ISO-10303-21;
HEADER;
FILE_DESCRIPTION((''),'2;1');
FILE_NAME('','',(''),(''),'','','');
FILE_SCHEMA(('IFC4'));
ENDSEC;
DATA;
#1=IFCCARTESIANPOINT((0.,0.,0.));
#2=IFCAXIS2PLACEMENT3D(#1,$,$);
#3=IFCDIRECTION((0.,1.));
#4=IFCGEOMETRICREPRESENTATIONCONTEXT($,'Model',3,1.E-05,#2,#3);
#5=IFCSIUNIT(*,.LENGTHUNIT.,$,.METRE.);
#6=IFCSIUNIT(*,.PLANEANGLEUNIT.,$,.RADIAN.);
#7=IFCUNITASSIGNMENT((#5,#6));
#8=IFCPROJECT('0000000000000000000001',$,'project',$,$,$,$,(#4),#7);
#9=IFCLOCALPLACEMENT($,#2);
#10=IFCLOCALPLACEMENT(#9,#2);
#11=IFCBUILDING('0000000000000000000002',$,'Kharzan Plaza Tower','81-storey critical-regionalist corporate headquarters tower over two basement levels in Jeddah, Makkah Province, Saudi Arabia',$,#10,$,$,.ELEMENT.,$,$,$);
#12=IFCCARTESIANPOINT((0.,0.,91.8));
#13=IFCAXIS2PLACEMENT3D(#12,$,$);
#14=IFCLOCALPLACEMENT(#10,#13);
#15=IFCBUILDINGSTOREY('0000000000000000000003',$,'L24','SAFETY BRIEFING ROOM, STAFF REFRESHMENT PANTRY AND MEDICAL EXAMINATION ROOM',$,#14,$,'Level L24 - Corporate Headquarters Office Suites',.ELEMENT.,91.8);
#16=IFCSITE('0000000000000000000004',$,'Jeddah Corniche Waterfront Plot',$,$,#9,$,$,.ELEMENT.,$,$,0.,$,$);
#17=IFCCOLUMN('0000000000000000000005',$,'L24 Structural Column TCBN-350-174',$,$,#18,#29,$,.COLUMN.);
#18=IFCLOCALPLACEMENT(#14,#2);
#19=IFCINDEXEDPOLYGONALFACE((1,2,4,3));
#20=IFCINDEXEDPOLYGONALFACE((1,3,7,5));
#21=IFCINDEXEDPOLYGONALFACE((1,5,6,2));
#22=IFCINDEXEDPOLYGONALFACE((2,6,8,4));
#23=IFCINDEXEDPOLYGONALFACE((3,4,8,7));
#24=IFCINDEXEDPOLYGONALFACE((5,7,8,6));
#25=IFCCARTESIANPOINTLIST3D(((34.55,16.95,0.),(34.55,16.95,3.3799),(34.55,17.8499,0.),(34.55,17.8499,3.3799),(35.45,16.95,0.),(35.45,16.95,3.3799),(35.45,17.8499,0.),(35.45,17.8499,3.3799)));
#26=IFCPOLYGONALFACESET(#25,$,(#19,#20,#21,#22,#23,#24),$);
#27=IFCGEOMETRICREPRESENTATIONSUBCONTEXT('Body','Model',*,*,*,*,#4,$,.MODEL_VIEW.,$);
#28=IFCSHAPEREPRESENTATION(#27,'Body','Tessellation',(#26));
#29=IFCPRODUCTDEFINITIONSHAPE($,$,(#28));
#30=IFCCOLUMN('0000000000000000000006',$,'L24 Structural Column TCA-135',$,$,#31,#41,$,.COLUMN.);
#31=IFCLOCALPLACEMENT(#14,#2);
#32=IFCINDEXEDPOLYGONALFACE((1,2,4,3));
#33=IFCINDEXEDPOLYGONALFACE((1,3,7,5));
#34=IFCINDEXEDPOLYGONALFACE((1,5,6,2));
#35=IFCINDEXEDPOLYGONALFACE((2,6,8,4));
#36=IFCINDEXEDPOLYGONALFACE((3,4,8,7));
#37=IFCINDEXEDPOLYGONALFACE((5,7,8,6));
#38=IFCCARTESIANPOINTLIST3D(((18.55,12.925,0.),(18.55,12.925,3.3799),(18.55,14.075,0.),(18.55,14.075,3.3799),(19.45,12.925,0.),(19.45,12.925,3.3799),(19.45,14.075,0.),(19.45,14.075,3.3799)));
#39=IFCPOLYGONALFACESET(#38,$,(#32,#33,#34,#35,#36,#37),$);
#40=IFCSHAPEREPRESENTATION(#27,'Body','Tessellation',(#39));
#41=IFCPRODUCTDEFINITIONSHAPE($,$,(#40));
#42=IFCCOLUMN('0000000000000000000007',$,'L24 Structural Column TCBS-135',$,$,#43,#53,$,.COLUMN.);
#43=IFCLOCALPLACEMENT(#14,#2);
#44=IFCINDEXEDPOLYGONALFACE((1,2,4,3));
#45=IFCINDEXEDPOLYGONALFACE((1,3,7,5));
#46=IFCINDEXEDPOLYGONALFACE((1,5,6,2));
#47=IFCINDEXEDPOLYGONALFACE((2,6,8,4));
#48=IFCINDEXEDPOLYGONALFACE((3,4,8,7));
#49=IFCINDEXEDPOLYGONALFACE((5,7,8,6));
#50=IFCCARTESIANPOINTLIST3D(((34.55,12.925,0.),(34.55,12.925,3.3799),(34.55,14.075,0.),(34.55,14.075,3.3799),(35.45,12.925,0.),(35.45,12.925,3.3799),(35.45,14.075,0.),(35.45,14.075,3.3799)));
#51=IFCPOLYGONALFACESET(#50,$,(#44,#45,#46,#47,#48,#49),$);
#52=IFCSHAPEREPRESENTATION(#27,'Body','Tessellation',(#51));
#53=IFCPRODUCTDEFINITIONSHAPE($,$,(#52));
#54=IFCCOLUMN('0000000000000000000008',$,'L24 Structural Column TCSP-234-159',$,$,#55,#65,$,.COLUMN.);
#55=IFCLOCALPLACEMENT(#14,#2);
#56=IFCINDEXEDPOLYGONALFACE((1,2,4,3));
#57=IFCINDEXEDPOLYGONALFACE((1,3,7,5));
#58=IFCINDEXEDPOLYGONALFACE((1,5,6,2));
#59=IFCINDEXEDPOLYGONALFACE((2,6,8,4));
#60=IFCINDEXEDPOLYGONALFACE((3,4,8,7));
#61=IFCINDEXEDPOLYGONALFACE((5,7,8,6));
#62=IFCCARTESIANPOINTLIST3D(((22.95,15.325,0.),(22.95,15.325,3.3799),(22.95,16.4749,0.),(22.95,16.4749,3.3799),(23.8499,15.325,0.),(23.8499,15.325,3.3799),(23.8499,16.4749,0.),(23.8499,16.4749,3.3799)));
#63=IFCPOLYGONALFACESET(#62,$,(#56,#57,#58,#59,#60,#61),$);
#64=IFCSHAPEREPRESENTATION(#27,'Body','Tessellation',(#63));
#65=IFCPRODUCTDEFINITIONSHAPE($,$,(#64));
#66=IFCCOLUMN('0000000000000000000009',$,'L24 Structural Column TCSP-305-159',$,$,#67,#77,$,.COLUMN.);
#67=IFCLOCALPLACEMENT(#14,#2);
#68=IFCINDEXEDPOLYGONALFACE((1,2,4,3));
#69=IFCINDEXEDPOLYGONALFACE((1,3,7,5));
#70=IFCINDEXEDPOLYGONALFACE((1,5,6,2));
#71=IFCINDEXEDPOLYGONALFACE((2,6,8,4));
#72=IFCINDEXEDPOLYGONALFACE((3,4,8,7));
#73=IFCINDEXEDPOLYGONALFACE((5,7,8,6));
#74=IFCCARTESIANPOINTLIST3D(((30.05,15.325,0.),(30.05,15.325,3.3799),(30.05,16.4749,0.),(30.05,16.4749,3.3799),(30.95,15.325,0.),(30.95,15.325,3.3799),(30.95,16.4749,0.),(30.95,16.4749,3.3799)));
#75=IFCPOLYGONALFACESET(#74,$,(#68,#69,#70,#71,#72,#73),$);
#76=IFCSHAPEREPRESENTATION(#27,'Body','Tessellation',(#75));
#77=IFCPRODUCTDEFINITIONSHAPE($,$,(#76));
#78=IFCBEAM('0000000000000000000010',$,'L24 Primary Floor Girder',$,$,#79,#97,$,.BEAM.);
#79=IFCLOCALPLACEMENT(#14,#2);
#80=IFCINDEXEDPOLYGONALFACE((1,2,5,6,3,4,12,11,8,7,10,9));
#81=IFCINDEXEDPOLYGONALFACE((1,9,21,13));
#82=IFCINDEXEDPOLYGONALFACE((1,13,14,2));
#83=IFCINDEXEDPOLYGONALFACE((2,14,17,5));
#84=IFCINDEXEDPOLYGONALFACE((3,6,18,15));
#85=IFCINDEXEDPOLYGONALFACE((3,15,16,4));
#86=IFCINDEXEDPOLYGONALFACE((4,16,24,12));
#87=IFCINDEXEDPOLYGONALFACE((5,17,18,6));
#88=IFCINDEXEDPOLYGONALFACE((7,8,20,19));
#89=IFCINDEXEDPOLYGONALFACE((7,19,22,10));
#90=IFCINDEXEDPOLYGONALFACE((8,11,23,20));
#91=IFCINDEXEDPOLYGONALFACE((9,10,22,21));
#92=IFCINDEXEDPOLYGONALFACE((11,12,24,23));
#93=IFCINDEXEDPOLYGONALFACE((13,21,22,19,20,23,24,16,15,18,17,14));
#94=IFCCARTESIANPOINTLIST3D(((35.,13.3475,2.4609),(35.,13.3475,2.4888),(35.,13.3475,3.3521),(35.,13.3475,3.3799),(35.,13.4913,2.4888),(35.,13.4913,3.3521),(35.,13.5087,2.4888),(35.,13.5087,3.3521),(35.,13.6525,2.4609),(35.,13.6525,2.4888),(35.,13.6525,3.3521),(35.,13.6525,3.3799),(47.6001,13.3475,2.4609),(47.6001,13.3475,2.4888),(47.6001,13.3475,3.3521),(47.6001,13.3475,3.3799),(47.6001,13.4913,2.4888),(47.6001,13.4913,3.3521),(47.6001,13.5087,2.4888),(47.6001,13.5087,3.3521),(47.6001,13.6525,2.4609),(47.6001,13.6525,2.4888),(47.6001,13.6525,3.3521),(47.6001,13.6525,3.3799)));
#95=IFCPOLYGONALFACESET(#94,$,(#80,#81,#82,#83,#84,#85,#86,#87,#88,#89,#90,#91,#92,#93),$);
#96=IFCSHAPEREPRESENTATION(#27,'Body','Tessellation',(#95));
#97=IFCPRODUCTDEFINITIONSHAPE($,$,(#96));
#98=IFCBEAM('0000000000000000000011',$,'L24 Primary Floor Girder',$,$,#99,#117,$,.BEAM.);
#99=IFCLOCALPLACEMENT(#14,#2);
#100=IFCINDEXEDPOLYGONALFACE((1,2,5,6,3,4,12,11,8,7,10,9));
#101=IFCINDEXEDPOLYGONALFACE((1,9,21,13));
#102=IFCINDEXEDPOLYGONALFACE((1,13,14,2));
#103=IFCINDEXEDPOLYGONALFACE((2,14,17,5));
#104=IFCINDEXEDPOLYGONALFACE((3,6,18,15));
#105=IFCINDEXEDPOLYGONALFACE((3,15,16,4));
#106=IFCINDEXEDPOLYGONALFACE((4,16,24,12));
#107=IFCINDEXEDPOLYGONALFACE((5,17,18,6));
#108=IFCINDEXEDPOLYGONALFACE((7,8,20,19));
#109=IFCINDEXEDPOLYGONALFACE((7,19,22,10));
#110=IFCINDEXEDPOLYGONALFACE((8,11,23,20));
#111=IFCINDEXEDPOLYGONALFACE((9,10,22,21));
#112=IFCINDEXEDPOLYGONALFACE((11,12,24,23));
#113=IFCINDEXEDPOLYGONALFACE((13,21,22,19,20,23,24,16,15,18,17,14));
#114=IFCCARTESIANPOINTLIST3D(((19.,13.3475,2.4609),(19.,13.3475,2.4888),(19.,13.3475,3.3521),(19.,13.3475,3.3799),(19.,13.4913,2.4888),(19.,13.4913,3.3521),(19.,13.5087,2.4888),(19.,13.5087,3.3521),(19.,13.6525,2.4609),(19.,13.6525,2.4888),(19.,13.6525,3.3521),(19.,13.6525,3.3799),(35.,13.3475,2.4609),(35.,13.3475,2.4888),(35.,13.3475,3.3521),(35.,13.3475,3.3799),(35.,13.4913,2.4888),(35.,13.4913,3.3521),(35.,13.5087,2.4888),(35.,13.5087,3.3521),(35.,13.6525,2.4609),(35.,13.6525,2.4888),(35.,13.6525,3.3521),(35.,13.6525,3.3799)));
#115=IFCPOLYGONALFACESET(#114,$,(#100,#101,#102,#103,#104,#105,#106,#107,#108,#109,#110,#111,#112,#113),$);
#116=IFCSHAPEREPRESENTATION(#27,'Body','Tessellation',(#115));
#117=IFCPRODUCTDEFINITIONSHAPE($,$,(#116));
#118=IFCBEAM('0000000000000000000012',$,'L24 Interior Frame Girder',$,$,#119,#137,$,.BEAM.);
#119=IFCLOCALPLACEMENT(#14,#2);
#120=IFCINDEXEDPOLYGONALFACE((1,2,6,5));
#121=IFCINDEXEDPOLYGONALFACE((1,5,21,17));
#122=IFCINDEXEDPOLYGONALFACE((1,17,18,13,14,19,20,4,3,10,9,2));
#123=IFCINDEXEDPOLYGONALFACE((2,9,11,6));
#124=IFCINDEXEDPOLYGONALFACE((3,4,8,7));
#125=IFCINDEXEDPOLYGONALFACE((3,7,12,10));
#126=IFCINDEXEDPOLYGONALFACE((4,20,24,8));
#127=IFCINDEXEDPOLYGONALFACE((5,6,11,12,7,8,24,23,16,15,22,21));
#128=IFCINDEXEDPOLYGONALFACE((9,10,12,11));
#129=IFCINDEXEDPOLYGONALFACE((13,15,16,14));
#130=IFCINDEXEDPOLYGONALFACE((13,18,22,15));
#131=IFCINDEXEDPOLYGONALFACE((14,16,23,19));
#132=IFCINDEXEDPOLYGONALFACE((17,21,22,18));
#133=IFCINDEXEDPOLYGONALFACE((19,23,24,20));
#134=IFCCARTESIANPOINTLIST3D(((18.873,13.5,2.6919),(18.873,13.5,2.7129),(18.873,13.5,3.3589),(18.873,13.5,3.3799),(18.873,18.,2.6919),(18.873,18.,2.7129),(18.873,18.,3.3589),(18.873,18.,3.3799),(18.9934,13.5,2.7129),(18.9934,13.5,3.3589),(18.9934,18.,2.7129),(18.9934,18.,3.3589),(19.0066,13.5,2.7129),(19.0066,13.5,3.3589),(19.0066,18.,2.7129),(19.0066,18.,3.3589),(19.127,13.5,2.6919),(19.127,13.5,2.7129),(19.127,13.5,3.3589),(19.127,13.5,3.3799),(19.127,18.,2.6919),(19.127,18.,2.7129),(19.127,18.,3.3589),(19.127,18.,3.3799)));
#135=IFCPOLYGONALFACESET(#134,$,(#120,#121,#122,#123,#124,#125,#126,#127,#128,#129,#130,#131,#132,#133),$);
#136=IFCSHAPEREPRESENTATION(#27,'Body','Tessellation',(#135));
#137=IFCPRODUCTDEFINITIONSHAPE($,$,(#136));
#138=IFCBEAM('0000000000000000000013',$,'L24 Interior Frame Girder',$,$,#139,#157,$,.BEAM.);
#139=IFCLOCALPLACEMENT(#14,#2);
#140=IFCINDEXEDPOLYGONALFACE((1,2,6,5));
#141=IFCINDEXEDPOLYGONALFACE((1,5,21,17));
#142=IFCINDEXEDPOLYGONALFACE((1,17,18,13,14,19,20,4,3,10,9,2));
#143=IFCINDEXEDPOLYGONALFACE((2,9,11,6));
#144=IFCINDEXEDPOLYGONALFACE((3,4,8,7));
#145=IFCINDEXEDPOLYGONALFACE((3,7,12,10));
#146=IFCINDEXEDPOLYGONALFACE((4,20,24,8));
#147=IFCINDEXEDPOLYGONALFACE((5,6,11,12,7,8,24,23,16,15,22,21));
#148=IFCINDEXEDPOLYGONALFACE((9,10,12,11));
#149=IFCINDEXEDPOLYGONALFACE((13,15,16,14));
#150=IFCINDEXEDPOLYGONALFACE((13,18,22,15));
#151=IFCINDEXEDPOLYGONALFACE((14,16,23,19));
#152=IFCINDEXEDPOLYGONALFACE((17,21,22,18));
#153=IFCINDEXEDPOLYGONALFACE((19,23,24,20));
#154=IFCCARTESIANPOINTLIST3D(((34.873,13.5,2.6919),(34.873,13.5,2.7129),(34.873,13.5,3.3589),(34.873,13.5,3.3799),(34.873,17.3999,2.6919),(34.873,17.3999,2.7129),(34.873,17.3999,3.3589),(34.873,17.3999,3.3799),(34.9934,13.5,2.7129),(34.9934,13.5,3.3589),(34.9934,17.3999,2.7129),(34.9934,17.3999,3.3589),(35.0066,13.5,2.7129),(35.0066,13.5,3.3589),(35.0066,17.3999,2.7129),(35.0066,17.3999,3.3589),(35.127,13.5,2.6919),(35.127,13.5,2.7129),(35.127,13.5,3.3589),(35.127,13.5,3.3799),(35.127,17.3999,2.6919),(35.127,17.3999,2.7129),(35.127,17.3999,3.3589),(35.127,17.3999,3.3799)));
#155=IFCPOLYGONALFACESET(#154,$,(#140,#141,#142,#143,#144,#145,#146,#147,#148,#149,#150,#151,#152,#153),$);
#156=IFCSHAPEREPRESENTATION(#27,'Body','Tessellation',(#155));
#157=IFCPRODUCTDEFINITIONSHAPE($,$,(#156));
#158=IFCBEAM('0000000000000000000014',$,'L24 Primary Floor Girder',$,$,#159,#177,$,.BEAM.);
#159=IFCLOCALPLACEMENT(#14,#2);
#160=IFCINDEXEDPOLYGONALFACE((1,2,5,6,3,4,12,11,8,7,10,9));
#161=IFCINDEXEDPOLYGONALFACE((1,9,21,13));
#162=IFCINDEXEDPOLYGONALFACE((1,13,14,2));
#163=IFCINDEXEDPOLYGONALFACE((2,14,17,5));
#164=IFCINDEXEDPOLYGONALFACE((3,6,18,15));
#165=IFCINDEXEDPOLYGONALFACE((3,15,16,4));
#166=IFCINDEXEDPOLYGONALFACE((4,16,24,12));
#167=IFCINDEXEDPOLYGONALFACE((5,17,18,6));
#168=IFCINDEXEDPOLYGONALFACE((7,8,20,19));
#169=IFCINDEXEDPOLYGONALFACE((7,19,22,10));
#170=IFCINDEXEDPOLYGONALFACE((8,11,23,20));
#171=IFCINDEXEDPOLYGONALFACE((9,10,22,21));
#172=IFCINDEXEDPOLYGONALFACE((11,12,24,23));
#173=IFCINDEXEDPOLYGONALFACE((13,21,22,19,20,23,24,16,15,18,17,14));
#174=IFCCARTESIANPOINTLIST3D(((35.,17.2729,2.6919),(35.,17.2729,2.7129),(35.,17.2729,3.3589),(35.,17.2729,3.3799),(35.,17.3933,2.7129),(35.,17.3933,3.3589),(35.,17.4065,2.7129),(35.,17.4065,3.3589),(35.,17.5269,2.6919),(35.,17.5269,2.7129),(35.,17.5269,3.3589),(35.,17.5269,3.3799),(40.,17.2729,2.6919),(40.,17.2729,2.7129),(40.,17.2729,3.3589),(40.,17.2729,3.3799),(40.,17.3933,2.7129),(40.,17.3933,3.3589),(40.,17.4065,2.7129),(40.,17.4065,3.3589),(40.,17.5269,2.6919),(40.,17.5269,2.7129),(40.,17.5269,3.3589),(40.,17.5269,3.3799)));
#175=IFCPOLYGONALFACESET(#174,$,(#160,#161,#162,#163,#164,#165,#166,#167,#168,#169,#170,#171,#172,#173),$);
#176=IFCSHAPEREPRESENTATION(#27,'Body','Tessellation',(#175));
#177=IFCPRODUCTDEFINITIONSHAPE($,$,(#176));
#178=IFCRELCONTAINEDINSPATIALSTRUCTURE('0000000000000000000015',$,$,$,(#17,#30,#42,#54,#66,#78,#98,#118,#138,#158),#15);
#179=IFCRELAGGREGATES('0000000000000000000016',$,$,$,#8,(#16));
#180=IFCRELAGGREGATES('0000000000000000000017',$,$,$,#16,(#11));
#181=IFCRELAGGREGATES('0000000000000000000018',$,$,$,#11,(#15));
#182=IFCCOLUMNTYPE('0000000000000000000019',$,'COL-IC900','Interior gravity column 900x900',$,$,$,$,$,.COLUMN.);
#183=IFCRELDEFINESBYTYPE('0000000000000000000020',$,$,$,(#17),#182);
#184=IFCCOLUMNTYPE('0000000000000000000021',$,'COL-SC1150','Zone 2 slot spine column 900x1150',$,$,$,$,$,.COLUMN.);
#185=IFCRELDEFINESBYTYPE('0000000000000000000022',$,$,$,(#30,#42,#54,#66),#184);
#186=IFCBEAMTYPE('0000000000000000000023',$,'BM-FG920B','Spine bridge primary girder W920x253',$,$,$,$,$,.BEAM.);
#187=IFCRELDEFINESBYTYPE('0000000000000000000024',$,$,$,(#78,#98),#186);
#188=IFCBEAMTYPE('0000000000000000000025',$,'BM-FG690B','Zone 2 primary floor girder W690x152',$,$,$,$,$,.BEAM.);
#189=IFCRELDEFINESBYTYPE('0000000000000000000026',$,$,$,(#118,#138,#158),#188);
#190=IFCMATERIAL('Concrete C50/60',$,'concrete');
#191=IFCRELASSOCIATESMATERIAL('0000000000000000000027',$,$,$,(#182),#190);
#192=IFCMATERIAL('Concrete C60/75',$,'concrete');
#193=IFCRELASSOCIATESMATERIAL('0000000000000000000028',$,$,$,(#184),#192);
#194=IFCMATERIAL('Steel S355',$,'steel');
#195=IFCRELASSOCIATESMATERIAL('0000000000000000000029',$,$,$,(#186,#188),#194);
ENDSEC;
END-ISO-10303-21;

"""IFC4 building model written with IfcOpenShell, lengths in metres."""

from ifc_helpers import new_model, si_unit, direction, frame, origin, origin_2d, place, context, subcontext, project, spatial, rectangle, i_section, extrude, source, transform, mapped, material, material_profile, profile_set, type_object, element, save


model = new_model("IFC4")

# Units and contexts
model_context = context("Model", 3, precision=1e-05, world=origin(), true_north=direction((0.0, 1.0)))
body_context = subcontext(model_context, "Body", "Model", "MODEL_VIEW")
ifc_project = project(units=[si_unit("LENGTHUNIT", "METRE"), si_unit("PLANEANGLEUNIT", "RADIAN")], contexts=[model_context])

# Site, building, storey
site_placement = place(None, origin())
site = spatial("IfcSite", under=ifc_project, at=site_placement, Name="Jeddah Corniche Waterfront Plot", CompositionType="ELEMENT", RefElevation=0.0)
building_placement = place(site_placement, origin())
building = spatial("IfcBuilding", under=site, at=building_placement, Name="Kharzan Plaza Tower", Description="81-storey critical-regionalist corporate headquarters tower over two basement levels in Jeddah, Makkah Province, Saudi Arabia", CompositionType="ELEMENT")
storey_placement = place(building_placement, frame((0.0, 0.0, 91.8)))
storey = spatial("IfcBuildingStorey", under=building, at=storey_placement, Name="L24", Description="SAFETY BRIEFING ROOM, STAFF REFRESHMENT PANTRY AND MEDICAL EXAMINATION ROOM", LongName="Level L24 - Corporate Headquarters Office Suites", CompositionType="ELEMENT", Elevation=91.8)

# Columns
ifc_material_1 = material(Name="Concrete C50/60", Category="concrete")
ifc_material_profile_1 = material_profile(ifc_material_1, rectangle(XDim=0.8999, YDim=0.8999, at=origin_2d()), Name="RC-IC900x900")
ifc_profile_set_1 = profile_set([ifc_material_profile_1], Name="Concrete C50/60")
column_type_1 = type_object("IfcColumnType", Name="COL-IC900", Description="Interior gravity column 900x900", PredefinedType="COLUMN", material=ifc_profile_set_1)
shared_shape_1 = source(origin(), body_context, "Body", "SweptSolid", [
    extrude(rectangle(XDim=0.8999, YDim=0.8999, at=origin_2d()), origin(), (0.0, 0.0, 1.0), 3.3799),
])
column_placement = place(storey_placement, frame((35.0, 17.3999, 0.0), z_axis=(0.0, 0.0, 1.0), x_axis=(1.0, 0.0, 0.0)))
element("IfcColumn", 1, at=column_placement, inside=storey, type_object=column_type_1, Name="L24 Structural Column TCBN-350-174", PredefinedType="COLUMN", context=body_context, shape_type="MappedRepresentation", body=[
    mapped(shared_shape_1, transform((0.0, 0.0, 0.0), x_axis=(1.0, 0.0, 0.0), y_axis=(0.0, 1.0, 0.0), z_axis=(0.0, 0.0, 1.0))),
])
ifc_material_2 = material(Name="Concrete C60/75", Category="concrete")
ifc_material_profile_2 = material_profile(ifc_material_2, rectangle(XDim=0.8999, YDim=1.1499, at=origin_2d()), Name="RC-SC1150x900")
ifc_profile_set_2 = profile_set([ifc_material_profile_2], Name="Concrete C60/75")
column_type_2 = type_object("IfcColumnType", Name="COL-SC1150", Description="Zone 2 slot spine column 900x1150", PredefinedType="COLUMN", material=ifc_profile_set_2)
shared_shape_2 = source(origin(), body_context, "Body", "SweptSolid", [
    extrude(rectangle(XDim=0.8999, YDim=1.1499, at=origin_2d()), origin(), (0.0, 0.0, 1.0), 3.3799),
])
for number, where, z_axis, x_axis, name in (
    (2, (19.0, 13.5, 0.0), (0.0, 0.0, 1.0), (1.0, 0.0, 0.0), "L24 Structural Column TCA-135"),
    (3, (35.0, 13.5, 0.0), (0.0, 0.0, 1.0), (1.0, 0.0, 0.0), "L24 Structural Column TCBS-135"),
    (4, (23.3999, 15.8999, 0.0), (0.0, 0.0, 1.0), (1.0, 0.0, 0.0), "L24 Structural Column TCSP-234-159"),
    (5, (30.5, 15.8999, 0.0), (0.0, 0.0, 1.0), (1.0, 0.0, 0.0), "L24 Structural Column TCSP-305-159"),
):
    element("IfcColumn", number, at=place(storey_placement, frame(where, z_axis=z_axis, x_axis=x_axis)), inside=storey, type_object=column_type_2, Name=name, PredefinedType="COLUMN", context=body_context, shape_type="MappedRepresentation", body=[
        mapped(shared_shape_2, transform((0.0, 0.0, 0.0), x_axis=(1.0, 0.0, 0.0), y_axis=(0.0, 1.0, 0.0), z_axis=(0.0, 0.0, 1.0))),
    ])

# Beams
ifc_material_3 = material(Name="Steel S355", Category="steel")
ifc_material_profile_3 = material_profile(ifc_material_3, i_section(OverallWidth=0.3049, OverallDepth=0.9189, WebThickness=0.0173, FlangeThickness=0.0278, at=origin_2d()), Name="W920x253")
ifc_profile_set_3 = profile_set([ifc_material_profile_3], Name="Steel S355")
beam_type_1 = type_object("IfcBeamType", Name="BM-FG920B", Description="Spine bridge primary girder W920x253", PredefinedType="BEAM", material=ifc_profile_set_3)
shared_shape_3 = source(origin(), body_context, "Body", "SweptSolid", [
    extrude(i_section(OverallWidth=0.3049, OverallDepth=0.9189, WebThickness=0.0173, FlangeThickness=0.0278, at=origin_2d()), origin(), (0.0, 0.0, 1.0), 12.6001),
])
beam_1_placement = place(storey_placement, frame((35.0, 13.5, 2.9204), z_axis=(1.0, 0.0, 0.0), x_axis=(0.0, 1.0, 0.0)))
element("IfcBeam", 6, at=beam_1_placement, inside=storey, type_object=beam_type_1, Name="L24 Primary Floor Girder", PredefinedType="BEAM", context=body_context, shape_type="MappedRepresentation", body=[
    mapped(shared_shape_3, transform((0.0, 0.0, 0.0), x_axis=(1.0, 0.0, 0.0), y_axis=(0.0, 1.0, 0.0), z_axis=(0.0, 0.0, 1.0))),
])
shared_shape_4 = source(origin(), body_context, "Body", "SweptSolid", [
    extrude(i_section(OverallWidth=0.3049, OverallDepth=0.9189, WebThickness=0.0173, FlangeThickness=0.0278, at=origin_2d()), origin(), (0.0, 0.0, 1.0), 16.0),
])
beam_2_placement = place(storey_placement, frame((19.0, 13.5, 2.9204), z_axis=(1.0, 0.0, 0.0), x_axis=(0.0, 1.0, 0.0)))
element("IfcBeam", 7, at=beam_2_placement, inside=storey, type_object=beam_type_1, Name="L24 Primary Floor Girder", PredefinedType="BEAM", context=body_context, shape_type="MappedRepresentation", body=[
    mapped(shared_shape_4, transform((0.0, 0.0, 0.0), x_axis=(1.0, 0.0, 0.0), y_axis=(0.0, 1.0, 0.0), z_axis=(0.0, 0.0, 1.0))),
])
ifc_material_profile_4 = material_profile(ifc_material_3, i_section(OverallWidth=0.2539, OverallDepth=0.688, WebThickness=0.0132, FlangeThickness=0.021, at=origin_2d()), Name="W690x152")
ifc_profile_set_4 = profile_set([ifc_material_profile_4], Name="Steel S355")
beam_type_2 = type_object("IfcBeamType", Name="BM-FG690B", Description="Zone 2 primary floor girder W690x152", PredefinedType="BEAM", material=ifc_profile_set_4)
shared_shape_5 = source(origin(), body_context, "Body", "SweptSolid", [
    extrude(i_section(OverallWidth=0.2539, OverallDepth=0.688, WebThickness=0.0132, FlangeThickness=0.021, at=origin_2d()), origin(), (0.0, 0.0, 1.0), 4.5),
])
beam_3_placement = place(storey_placement, frame((19.0, 13.5, 3.0359), z_axis=(0.0, 1.0, 0.0), x_axis=(-1.0, 0.0, 0.0)))
element("IfcBeam", 8, at=beam_3_placement, inside=storey, type_object=beam_type_2, Name="L24 Interior Frame Girder", PredefinedType="BEAM", context=body_context, shape_type="MappedRepresentation", body=[
    mapped(shared_shape_5, transform((0.0, 0.0, 0.0), x_axis=(1.0, 0.0, 0.0), y_axis=(0.0, 1.0, 0.0), z_axis=(0.0, 0.0, 1.0))),
])
shared_shape_6 = source(origin(), body_context, "Body", "SweptSolid", [
    extrude(i_section(OverallWidth=0.2539, OverallDepth=0.688, WebThickness=0.0132, FlangeThickness=0.021, at=origin_2d()), origin(), (0.0, 0.0, 1.0), 3.8999),
])
beam_4_placement = place(storey_placement, frame((35.0, 13.5, 3.0359), z_axis=(0.0, 1.0, 0.0), x_axis=(-1.0, 0.0, 0.0)))
element("IfcBeam", 9, at=beam_4_placement, inside=storey, type_object=beam_type_2, Name="L24 Interior Frame Girder", PredefinedType="BEAM", context=body_context, shape_type="MappedRepresentation", body=[
    mapped(shared_shape_6, transform((0.0, 0.0, 0.0), x_axis=(1.0, 0.0, 0.0), y_axis=(0.0, 1.0, 0.0), z_axis=(0.0, 0.0, 1.0))),
])
shared_shape_7 = source(origin(), body_context, "Body", "SweptSolid", [
    extrude(i_section(OverallWidth=0.2539, OverallDepth=0.688, WebThickness=0.0132, FlangeThickness=0.021, at=origin_2d()), origin(), (0.0, 0.0, 1.0), 5.0),
])
beam_5_placement = place(storey_placement, frame((35.0, 17.3999, 3.0359), z_axis=(1.0, 0.0, 0.0), x_axis=(0.0, 1.0, 0.0)))
element("IfcBeam", 10, at=beam_5_placement, inside=storey, type_object=beam_type_2, Name="L24 Primary Floor Girder", PredefinedType="BEAM", context=body_context, shape_type="MappedRepresentation", body=[
    mapped(shared_shape_7, transform((0.0, 0.0, 0.0), x_axis=(1.0, 0.0, 0.0), y_axis=(0.0, 1.0, 0.0), z_axis=(0.0, 0.0, 1.0))),
])

save(model, "model.ifc")
